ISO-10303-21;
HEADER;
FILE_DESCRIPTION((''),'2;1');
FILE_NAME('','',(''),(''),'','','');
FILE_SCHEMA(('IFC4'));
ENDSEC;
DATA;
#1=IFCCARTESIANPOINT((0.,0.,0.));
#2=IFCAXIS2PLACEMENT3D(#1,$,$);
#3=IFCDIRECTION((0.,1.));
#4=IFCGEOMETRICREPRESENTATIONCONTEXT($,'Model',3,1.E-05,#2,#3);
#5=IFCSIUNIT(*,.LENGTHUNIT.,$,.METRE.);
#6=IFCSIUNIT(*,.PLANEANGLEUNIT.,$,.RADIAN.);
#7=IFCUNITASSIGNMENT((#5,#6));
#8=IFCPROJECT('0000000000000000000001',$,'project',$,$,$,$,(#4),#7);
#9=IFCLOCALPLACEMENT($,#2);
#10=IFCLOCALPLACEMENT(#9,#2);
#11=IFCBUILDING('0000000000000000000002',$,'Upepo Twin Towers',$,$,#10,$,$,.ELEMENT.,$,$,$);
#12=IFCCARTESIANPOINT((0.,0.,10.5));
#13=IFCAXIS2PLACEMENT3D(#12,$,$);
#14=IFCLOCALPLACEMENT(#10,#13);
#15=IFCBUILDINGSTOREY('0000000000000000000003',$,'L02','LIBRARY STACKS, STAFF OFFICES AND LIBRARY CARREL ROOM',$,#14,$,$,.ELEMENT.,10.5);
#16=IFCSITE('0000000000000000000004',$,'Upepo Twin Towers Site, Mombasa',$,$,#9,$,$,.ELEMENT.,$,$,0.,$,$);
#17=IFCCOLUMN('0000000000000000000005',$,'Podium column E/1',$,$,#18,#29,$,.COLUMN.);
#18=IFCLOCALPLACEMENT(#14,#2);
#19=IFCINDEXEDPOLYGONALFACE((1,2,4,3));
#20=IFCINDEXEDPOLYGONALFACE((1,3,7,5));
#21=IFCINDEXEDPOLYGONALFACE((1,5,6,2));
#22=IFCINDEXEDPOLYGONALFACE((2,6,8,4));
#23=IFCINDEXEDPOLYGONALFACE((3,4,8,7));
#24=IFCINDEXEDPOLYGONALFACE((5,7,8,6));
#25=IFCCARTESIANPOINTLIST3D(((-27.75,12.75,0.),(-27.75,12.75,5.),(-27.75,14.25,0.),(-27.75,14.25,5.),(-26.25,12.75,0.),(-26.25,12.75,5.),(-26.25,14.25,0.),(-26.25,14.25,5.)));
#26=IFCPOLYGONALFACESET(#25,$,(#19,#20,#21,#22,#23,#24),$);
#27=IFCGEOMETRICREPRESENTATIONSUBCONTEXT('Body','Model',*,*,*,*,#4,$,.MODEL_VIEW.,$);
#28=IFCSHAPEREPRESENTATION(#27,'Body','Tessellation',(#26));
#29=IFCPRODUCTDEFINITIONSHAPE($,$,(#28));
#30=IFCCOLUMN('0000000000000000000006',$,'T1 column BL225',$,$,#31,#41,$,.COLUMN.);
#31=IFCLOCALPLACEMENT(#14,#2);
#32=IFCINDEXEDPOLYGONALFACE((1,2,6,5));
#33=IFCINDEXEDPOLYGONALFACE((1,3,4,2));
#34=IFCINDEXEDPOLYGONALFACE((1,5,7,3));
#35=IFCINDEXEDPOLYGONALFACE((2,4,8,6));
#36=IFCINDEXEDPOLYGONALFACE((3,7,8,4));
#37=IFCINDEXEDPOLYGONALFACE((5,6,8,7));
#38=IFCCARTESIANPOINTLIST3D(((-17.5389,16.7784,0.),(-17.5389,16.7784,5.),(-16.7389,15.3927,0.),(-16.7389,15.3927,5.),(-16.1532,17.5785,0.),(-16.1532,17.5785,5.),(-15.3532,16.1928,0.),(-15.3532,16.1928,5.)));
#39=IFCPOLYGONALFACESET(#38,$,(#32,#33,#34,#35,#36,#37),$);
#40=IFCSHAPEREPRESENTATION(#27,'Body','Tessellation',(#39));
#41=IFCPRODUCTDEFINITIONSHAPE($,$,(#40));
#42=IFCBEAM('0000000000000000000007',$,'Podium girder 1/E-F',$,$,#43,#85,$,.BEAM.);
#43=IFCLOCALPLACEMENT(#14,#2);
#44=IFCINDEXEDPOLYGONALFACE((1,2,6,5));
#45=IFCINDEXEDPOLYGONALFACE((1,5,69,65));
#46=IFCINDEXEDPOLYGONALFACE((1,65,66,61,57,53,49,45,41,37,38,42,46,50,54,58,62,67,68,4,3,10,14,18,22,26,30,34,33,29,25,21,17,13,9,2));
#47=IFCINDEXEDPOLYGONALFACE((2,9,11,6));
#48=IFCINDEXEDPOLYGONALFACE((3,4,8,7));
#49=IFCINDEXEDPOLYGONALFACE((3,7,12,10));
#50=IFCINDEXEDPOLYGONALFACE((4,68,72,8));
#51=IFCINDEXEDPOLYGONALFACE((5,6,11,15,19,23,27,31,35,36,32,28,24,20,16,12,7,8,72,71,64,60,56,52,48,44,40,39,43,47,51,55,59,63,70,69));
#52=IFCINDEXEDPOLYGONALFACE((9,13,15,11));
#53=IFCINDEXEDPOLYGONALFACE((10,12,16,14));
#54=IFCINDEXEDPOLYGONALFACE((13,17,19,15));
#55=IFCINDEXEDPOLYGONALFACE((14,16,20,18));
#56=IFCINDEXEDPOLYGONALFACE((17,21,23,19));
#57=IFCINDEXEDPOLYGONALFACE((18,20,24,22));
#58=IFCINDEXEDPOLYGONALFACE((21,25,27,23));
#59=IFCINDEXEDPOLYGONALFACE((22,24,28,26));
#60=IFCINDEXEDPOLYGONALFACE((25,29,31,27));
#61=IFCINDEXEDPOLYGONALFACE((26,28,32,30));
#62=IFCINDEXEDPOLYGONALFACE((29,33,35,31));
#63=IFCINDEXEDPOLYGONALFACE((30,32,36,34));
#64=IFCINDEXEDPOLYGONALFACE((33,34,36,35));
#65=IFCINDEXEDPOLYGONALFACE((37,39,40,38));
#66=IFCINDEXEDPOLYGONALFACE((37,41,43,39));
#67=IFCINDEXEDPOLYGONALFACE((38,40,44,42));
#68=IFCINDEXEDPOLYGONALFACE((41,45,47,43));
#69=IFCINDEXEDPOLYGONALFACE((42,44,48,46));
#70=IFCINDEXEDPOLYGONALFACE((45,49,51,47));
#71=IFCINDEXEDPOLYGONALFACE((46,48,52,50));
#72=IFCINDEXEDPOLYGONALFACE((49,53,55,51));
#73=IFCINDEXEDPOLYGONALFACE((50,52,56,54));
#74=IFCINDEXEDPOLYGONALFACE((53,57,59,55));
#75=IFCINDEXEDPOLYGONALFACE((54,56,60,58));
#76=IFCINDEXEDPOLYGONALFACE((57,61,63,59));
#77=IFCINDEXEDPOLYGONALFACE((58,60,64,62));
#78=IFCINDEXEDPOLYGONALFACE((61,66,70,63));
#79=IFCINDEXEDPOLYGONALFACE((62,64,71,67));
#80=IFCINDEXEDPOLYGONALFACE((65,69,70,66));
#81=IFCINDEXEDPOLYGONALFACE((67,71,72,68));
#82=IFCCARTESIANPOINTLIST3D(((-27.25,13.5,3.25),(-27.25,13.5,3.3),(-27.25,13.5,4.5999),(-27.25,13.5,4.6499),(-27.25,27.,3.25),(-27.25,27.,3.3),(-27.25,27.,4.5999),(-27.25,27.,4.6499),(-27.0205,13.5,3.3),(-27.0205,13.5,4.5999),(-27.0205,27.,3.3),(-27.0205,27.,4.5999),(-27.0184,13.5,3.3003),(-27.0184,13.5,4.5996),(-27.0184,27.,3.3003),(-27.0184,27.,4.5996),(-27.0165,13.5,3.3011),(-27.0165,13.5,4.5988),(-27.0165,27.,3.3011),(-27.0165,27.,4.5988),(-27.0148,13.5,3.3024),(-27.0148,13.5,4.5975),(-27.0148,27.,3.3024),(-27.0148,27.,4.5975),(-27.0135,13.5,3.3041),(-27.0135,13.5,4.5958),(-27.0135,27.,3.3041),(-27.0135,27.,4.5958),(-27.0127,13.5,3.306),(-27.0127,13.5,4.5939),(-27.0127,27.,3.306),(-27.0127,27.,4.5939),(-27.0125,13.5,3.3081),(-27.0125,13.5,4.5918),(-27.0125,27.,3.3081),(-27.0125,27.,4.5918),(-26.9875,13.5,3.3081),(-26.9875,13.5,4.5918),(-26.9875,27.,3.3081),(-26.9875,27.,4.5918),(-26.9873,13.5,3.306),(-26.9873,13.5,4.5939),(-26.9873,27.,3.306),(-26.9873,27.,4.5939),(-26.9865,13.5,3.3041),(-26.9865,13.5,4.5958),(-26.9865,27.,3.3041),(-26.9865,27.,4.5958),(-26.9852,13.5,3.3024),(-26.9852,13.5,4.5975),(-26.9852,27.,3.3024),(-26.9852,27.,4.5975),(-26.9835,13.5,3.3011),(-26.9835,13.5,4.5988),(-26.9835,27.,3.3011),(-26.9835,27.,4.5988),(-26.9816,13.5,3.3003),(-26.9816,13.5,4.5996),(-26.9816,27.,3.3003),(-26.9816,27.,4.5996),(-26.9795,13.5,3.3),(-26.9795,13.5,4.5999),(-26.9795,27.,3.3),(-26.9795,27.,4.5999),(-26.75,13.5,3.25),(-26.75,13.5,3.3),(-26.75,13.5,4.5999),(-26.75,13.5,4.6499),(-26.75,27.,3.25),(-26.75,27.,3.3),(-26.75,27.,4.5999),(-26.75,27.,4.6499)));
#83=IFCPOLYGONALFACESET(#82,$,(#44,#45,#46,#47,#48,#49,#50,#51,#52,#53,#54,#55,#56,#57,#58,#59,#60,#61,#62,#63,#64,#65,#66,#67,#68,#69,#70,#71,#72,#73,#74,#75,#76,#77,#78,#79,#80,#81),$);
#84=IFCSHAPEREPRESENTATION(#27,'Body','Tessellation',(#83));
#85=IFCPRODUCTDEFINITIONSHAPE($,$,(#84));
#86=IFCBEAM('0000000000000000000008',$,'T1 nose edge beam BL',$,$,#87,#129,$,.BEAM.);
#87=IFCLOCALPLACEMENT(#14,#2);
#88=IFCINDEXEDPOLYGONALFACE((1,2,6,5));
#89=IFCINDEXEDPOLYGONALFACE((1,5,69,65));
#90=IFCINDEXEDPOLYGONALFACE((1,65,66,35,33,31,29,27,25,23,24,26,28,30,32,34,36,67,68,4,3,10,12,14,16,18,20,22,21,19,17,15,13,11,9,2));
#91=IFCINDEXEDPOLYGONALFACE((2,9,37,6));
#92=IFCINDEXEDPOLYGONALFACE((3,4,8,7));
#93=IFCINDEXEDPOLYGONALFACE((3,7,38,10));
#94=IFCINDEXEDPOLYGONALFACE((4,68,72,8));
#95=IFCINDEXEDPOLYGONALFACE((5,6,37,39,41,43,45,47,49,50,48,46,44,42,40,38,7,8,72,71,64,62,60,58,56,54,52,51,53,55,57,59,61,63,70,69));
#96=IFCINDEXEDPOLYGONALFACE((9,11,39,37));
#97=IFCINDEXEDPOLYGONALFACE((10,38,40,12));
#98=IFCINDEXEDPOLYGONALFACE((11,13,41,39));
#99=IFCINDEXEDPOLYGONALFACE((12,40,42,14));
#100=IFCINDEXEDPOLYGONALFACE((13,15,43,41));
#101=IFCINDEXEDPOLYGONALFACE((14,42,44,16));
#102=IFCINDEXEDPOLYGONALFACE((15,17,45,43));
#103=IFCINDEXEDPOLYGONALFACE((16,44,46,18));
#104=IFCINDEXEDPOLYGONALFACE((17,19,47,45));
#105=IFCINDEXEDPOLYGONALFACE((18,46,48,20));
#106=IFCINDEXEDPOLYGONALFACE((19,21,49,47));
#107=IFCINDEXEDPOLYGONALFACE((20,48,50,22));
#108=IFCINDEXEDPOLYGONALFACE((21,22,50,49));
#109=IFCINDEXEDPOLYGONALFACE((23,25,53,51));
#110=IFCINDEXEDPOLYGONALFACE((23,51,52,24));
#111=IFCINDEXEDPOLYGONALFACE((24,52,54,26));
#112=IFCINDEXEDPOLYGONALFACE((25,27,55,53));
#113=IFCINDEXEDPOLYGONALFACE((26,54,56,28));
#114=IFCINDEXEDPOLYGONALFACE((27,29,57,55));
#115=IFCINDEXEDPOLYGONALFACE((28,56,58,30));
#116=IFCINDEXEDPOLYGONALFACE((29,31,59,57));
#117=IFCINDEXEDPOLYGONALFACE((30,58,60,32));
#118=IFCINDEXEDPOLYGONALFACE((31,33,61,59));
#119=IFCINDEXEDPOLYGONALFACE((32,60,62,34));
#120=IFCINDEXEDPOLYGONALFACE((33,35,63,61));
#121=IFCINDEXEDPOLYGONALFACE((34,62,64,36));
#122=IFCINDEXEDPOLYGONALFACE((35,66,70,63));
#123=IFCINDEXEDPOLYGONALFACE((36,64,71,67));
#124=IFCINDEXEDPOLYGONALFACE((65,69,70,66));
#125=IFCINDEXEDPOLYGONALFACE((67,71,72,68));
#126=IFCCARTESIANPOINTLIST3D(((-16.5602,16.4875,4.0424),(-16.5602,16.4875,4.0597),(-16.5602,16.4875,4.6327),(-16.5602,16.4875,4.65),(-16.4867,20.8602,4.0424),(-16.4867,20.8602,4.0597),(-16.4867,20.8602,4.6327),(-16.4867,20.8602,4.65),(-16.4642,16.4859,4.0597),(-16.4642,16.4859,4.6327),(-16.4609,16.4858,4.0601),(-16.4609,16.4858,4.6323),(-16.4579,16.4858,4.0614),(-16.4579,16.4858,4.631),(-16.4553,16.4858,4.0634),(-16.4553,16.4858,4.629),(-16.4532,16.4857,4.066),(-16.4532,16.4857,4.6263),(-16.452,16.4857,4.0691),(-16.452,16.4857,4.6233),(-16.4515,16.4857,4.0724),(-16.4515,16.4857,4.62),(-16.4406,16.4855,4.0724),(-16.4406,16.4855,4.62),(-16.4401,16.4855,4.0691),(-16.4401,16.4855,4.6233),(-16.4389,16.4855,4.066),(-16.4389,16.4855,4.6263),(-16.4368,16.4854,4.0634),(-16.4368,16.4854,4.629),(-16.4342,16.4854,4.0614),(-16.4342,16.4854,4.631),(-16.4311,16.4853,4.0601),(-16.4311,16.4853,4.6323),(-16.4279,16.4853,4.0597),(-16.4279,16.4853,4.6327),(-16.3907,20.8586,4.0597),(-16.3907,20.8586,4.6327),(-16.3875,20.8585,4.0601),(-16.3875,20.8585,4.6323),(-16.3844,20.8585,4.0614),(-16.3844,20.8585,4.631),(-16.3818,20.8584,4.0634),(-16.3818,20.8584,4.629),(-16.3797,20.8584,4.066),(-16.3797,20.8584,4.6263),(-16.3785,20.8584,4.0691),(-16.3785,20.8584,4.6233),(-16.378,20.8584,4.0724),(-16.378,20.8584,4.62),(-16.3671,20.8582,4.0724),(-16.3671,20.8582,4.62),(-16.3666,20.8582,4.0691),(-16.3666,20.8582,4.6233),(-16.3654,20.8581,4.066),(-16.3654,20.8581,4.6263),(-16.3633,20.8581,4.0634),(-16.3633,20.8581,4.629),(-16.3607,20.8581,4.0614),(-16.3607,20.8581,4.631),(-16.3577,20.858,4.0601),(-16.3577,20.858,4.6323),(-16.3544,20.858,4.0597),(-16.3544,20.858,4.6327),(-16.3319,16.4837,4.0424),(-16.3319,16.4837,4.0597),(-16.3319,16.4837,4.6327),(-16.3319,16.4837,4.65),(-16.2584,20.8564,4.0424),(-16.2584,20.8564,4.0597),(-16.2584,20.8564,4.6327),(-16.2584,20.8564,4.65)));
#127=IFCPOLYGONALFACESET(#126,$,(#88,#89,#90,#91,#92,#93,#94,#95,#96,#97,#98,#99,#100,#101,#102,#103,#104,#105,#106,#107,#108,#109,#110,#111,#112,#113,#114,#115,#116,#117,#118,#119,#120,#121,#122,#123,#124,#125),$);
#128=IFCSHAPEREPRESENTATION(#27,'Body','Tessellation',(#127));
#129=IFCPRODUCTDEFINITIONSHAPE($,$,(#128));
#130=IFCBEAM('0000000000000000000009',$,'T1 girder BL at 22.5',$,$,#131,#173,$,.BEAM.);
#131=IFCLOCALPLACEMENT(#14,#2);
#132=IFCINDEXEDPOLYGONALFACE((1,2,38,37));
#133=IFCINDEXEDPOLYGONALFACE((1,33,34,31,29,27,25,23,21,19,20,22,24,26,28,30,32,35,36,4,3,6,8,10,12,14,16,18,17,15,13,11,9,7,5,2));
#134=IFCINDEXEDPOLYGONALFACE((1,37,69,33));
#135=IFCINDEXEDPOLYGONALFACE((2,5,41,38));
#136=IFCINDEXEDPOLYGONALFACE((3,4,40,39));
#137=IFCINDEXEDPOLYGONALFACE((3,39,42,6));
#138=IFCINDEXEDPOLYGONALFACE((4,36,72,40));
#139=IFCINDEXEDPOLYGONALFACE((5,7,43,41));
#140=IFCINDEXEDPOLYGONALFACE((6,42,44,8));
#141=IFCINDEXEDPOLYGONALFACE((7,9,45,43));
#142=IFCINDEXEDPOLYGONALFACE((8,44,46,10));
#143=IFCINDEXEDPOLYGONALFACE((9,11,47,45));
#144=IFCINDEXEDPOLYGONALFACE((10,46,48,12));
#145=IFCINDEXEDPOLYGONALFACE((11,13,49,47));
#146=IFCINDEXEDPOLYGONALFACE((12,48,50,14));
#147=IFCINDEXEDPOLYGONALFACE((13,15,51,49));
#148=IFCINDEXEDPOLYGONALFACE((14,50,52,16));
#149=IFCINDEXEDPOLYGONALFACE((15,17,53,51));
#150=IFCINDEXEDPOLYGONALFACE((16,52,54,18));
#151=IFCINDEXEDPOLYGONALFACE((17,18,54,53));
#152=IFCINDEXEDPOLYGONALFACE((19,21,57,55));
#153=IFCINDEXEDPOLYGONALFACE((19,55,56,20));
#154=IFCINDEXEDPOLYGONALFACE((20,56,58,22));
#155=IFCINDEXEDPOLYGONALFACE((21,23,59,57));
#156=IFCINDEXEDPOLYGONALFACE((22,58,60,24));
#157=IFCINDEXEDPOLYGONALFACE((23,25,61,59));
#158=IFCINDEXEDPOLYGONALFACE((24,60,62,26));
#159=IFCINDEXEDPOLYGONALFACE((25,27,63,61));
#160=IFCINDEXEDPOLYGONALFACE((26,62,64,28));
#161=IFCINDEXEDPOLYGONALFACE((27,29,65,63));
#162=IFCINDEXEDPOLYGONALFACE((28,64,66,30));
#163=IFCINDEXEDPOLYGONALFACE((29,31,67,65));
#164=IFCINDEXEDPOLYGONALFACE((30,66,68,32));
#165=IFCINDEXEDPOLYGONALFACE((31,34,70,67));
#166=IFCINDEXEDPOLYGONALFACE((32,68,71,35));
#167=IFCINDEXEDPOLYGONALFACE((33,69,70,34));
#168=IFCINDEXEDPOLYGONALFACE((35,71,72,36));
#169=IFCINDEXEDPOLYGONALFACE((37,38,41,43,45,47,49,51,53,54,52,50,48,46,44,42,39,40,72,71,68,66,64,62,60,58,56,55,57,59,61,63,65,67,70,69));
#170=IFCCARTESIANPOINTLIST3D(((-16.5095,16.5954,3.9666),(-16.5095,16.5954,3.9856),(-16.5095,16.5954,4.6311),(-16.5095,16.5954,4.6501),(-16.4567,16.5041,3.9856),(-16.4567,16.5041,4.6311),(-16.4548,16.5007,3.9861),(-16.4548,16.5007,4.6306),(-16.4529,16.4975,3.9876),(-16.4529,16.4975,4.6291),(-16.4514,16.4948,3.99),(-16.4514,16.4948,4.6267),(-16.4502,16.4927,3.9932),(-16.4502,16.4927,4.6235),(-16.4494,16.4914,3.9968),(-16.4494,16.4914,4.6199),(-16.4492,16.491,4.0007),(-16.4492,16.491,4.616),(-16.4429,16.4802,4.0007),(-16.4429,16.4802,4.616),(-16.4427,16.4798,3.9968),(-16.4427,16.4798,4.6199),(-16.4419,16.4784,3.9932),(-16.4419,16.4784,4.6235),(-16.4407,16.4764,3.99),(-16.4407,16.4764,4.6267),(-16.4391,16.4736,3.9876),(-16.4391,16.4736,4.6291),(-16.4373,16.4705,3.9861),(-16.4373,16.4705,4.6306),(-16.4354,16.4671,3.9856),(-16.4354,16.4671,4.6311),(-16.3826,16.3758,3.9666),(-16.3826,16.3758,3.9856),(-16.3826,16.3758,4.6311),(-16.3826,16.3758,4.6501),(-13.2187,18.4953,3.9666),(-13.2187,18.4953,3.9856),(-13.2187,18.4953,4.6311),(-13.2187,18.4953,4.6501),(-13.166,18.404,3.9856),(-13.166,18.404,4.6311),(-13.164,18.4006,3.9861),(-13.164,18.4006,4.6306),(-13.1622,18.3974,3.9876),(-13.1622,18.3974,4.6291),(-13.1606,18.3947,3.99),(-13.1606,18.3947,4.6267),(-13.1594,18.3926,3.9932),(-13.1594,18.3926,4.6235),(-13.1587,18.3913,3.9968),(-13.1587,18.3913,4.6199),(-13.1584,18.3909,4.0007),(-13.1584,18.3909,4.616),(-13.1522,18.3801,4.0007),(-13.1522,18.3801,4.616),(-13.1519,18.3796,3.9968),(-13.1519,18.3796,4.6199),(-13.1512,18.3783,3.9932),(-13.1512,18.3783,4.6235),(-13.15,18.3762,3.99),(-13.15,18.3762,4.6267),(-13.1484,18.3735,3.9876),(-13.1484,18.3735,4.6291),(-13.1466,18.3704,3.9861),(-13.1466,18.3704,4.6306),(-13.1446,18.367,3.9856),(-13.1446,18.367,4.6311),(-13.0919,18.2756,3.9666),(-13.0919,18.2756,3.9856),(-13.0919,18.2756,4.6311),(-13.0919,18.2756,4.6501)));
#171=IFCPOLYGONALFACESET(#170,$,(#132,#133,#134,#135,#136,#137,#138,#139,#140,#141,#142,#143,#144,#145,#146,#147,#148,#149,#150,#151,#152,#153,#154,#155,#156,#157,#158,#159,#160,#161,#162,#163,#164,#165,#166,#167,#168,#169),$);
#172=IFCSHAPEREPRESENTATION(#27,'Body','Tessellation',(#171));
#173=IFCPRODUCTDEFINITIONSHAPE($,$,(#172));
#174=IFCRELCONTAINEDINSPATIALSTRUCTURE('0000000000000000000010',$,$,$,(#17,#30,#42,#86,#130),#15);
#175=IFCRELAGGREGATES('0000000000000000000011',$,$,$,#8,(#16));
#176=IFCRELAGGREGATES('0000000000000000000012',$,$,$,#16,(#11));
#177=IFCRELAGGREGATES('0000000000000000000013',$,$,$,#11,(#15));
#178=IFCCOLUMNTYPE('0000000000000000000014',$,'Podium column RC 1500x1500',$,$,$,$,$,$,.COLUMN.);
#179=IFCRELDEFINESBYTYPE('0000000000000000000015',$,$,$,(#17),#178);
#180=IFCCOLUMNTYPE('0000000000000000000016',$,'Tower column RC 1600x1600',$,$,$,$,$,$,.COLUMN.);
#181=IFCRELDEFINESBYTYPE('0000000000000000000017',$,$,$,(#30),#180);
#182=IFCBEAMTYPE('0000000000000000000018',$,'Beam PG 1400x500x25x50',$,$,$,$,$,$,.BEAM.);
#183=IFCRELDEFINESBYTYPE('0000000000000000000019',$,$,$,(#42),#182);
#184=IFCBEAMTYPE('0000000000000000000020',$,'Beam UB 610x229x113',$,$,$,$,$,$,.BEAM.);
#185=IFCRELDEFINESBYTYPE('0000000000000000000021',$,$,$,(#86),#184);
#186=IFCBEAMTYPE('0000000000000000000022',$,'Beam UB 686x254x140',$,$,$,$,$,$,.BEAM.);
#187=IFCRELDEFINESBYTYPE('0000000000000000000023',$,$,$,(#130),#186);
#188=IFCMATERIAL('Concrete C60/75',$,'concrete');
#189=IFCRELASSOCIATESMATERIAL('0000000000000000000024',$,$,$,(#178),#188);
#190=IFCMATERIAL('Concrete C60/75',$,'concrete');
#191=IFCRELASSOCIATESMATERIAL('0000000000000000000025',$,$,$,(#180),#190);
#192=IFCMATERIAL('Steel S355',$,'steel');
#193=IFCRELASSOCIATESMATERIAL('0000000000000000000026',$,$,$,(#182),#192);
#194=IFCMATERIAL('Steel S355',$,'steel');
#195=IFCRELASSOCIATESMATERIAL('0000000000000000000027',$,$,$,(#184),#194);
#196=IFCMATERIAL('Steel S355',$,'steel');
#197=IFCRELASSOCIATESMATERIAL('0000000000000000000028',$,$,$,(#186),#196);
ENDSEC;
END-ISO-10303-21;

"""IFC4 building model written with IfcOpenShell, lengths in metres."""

from ifc_helpers import new_model, si_unit, direction, frame, origin, origin_2d, place, context, subcontext, project, spatial, rectangle, i_section, extrude, material, material_profile, profile_set, type_object, element, save


model = new_model("IFC4")

# Units and contexts
model_context = context("Model", 3, precision=1e-05, world=origin(), true_north=direction((0.0, 1.0)))
body_context = subcontext(model_context, "Body", "Model", "MODEL_VIEW")
ifc_project = project(units=[si_unit("LENGTHUNIT", "METRE"), si_unit("PLANEANGLEUNIT", "RADIAN")], contexts=[model_context])

# Site, building, storey
site_placement = place(None, origin())
site = spatial("IfcSite", under=ifc_project, at=site_placement, Name="Upepo Twin Towers Site, Mombasa", CompositionType="ELEMENT", RefElevation=0.0)
building_placement = place(site_placement, origin())
building = spatial("IfcBuilding", under=site, at=building_placement, Name="Upepo Twin Towers", CompositionType="ELEMENT")
storey_placement = place(building_placement, frame((0.0, 0.0, 10.5)))
storey = spatial("IfcBuildingStorey", under=building, at=storey_placement, Name="L02", Description="LIBRARY STACKS, STAFF OFFICES AND LIBRARY CARREL ROOM", CompositionType="ELEMENT", Elevation=10.5)

# Columns
ifc_material_1 = material(Name="Concrete C60/75", Category="concrete")
ifc_material_profile_1 = material_profile(ifc_material_1, rectangle(XDim=1.5, YDim=1.5, at=origin_2d()), Name="RC 1500x1500")
ifc_profile_set_1 = profile_set([ifc_material_profile_1], Name="Concrete C60/75")
column_type_1 = type_object("IfcColumnType", Name="Podium column RC 1500x1500", PredefinedType="COLUMN", material=ifc_profile_set_1)
column_1_placement = place(storey_placement, frame((-27.0, 13.5, 0.0), z_axis=(0.0, 0.0, 1.0), x_axis=(1.0, 0.0, 0.0)))
element("IfcColumn", 1, at=column_1_placement, inside=storey, type_object=column_type_1, Name="Podium column E/1", PredefinedType="COLUMN", context=body_context, shape_type="SweptSolid", body=[
    extrude(rectangle(XDim=1.5, YDim=1.5, at=origin_2d()), origin(), (0.0, 0.0, 1.0), 5.0),
])
ifc_material_2 = material(Name="Concrete C60/75", Category="concrete")
ifc_material_profile_2 = material_profile(ifc_material_2, rectangle(XDim=1.6001, YDim=1.6001, at=origin_2d()), Name="RC 1600x1600")
ifc_profile_set_2 = profile_set([ifc_material_profile_2], Name="Concrete C60/75")
column_type_2 = type_object("IfcColumnType", Name="Tower column RC 1600x1600", PredefinedType="COLUMN", material=ifc_profile_set_2)
column_2_placement = place(storey_placement, frame((-16.446, 16.4856, 0.0), z_axis=(0.0, 0.0, 1.0), x_axis=(0.866025, 0.5, 0.0)))
element("IfcColumn", 2, at=column_2_placement, inside=storey, type_object=column_type_2, Name="T1 column BL225", PredefinedType="COLUMN", context=body_context, shape_type="SweptSolid", body=[
    extrude(rectangle(XDim=1.6001, YDim=1.6001, at=origin_2d()), origin(), (0.0, 0.0, 1.0), 5.0),
])

# Beams
ifc_material_3 = material(Name="Steel S355", Category="steel")
ifc_material_profile_3 = material_profile(ifc_material_3, i_section(OverallWidth=0.5, OverallDepth=1.3999, WebThickness=0.0249, FlangeThickness=0.05, FilletRadius=0.0081, at=origin_2d()), Name="PG 1400x500x25x50")
ifc_profile_set_3 = profile_set([ifc_material_profile_3], Name="Steel S355")
beam_type_1 = type_object("IfcBeamType", Name="Beam PG 1400x500x25x50", PredefinedType="BEAM", material=ifc_profile_set_3)
beam_1_placement = place(storey_placement, frame((-27.0, 13.5, 3.95), z_axis=(0.0, 1.0, 0.0), x_axis=(-1.0, 0.0, 0.0)))
element("IfcBeam", 3, at=beam_1_placement, inside=storey, type_object=beam_type_1, Name="Podium girder 1/E-F", PredefinedType="BEAM", context=body_context, shape_type="SweptSolid", body=[
    extrude(i_section(OverallWidth=0.5, OverallDepth=1.3999, WebThickness=0.0249, FlangeThickness=0.05, FilletRadius=0.0081, at=origin_2d()), origin(), (0.0, 0.0, 1.0), 13.5),
])
ifc_material_4 = material(Name="Steel S355", Category="steel")
ifc_material_profile_4 = material_profile(ifc_material_4, i_section(OverallWidth=0.2283, OverallDepth=0.6077, WebThickness=0.011, FlangeThickness=0.0173, FilletRadius=0.0127, at=origin_2d()), Name="UB 610x229x113")
ifc_profile_set_4 = profile_set([ifc_material_profile_4], Name="Steel S355")
beam_type_2 = type_object("IfcBeamType", Name="Beam UB 610x229x113", PredefinedType="BEAM", material=ifc_profile_set_4)
beam_2_placement = place(storey_placement, frame((-16.446, 16.4856, 4.3462), z_axis=(0.016804, 0.999859, 0.0), x_axis=(-0.999859, 0.016804, 0.0)))
element("IfcBeam", 4, at=beam_2_placement, inside=storey, type_object=beam_type_2, Name="T1 nose edge beam BL", PredefinedType="BEAM", context=body_context, shape_type="SweptSolid", body=[
    extrude(i_section(OverallWidth=0.2283, OverallDepth=0.6077, WebThickness=0.011, FlangeThickness=0.0173, FilletRadius=0.0127, at=origin_2d()), origin(), (0.0, 0.0, 1.0), 4.3733),
])
ifc_material_5 = material(Name="Steel S355", Category="steel")
ifc_material_profile_5 = material_profile(ifc_material_5, i_section(OverallWidth=0.2537, OverallDepth=0.6836, WebThickness=0.0125, FlangeThickness=0.019, FilletRadius=0.0151, at=origin_2d()), Name="UB 686x254x140")
ifc_profile_set_5 = profile_set([ifc_material_profile_5], Name="Steel S355")
beam_type_3 = type_object("IfcBeamType", Name="Beam UB 686x254x140", PredefinedType="BEAM", material=ifc_profile_set_5)
beam_3_placement = place(storey_placement, frame((-16.446, 16.4856, 4.3083), z_axis=(0.866028, 0.499995, 0.0), x_axis=(-0.499995, 0.866028, 0.0)))
element("IfcBeam", 5, at=beam_3_placement, inside=storey, type_object=beam_type_3, Name="T1 girder BL at 22.5", PredefinedType="BEAM", context=body_context, shape_type="SweptSolid", body=[
    extrude(i_section(OverallWidth=0.2537, OverallDepth=0.6836, WebThickness=0.0125, FlangeThickness=0.019, FilletRadius=0.0151, at=origin_2d()), origin(), (0.0, 0.0, 1.0), 3.7998),
])

save(model, "model.ifc")
